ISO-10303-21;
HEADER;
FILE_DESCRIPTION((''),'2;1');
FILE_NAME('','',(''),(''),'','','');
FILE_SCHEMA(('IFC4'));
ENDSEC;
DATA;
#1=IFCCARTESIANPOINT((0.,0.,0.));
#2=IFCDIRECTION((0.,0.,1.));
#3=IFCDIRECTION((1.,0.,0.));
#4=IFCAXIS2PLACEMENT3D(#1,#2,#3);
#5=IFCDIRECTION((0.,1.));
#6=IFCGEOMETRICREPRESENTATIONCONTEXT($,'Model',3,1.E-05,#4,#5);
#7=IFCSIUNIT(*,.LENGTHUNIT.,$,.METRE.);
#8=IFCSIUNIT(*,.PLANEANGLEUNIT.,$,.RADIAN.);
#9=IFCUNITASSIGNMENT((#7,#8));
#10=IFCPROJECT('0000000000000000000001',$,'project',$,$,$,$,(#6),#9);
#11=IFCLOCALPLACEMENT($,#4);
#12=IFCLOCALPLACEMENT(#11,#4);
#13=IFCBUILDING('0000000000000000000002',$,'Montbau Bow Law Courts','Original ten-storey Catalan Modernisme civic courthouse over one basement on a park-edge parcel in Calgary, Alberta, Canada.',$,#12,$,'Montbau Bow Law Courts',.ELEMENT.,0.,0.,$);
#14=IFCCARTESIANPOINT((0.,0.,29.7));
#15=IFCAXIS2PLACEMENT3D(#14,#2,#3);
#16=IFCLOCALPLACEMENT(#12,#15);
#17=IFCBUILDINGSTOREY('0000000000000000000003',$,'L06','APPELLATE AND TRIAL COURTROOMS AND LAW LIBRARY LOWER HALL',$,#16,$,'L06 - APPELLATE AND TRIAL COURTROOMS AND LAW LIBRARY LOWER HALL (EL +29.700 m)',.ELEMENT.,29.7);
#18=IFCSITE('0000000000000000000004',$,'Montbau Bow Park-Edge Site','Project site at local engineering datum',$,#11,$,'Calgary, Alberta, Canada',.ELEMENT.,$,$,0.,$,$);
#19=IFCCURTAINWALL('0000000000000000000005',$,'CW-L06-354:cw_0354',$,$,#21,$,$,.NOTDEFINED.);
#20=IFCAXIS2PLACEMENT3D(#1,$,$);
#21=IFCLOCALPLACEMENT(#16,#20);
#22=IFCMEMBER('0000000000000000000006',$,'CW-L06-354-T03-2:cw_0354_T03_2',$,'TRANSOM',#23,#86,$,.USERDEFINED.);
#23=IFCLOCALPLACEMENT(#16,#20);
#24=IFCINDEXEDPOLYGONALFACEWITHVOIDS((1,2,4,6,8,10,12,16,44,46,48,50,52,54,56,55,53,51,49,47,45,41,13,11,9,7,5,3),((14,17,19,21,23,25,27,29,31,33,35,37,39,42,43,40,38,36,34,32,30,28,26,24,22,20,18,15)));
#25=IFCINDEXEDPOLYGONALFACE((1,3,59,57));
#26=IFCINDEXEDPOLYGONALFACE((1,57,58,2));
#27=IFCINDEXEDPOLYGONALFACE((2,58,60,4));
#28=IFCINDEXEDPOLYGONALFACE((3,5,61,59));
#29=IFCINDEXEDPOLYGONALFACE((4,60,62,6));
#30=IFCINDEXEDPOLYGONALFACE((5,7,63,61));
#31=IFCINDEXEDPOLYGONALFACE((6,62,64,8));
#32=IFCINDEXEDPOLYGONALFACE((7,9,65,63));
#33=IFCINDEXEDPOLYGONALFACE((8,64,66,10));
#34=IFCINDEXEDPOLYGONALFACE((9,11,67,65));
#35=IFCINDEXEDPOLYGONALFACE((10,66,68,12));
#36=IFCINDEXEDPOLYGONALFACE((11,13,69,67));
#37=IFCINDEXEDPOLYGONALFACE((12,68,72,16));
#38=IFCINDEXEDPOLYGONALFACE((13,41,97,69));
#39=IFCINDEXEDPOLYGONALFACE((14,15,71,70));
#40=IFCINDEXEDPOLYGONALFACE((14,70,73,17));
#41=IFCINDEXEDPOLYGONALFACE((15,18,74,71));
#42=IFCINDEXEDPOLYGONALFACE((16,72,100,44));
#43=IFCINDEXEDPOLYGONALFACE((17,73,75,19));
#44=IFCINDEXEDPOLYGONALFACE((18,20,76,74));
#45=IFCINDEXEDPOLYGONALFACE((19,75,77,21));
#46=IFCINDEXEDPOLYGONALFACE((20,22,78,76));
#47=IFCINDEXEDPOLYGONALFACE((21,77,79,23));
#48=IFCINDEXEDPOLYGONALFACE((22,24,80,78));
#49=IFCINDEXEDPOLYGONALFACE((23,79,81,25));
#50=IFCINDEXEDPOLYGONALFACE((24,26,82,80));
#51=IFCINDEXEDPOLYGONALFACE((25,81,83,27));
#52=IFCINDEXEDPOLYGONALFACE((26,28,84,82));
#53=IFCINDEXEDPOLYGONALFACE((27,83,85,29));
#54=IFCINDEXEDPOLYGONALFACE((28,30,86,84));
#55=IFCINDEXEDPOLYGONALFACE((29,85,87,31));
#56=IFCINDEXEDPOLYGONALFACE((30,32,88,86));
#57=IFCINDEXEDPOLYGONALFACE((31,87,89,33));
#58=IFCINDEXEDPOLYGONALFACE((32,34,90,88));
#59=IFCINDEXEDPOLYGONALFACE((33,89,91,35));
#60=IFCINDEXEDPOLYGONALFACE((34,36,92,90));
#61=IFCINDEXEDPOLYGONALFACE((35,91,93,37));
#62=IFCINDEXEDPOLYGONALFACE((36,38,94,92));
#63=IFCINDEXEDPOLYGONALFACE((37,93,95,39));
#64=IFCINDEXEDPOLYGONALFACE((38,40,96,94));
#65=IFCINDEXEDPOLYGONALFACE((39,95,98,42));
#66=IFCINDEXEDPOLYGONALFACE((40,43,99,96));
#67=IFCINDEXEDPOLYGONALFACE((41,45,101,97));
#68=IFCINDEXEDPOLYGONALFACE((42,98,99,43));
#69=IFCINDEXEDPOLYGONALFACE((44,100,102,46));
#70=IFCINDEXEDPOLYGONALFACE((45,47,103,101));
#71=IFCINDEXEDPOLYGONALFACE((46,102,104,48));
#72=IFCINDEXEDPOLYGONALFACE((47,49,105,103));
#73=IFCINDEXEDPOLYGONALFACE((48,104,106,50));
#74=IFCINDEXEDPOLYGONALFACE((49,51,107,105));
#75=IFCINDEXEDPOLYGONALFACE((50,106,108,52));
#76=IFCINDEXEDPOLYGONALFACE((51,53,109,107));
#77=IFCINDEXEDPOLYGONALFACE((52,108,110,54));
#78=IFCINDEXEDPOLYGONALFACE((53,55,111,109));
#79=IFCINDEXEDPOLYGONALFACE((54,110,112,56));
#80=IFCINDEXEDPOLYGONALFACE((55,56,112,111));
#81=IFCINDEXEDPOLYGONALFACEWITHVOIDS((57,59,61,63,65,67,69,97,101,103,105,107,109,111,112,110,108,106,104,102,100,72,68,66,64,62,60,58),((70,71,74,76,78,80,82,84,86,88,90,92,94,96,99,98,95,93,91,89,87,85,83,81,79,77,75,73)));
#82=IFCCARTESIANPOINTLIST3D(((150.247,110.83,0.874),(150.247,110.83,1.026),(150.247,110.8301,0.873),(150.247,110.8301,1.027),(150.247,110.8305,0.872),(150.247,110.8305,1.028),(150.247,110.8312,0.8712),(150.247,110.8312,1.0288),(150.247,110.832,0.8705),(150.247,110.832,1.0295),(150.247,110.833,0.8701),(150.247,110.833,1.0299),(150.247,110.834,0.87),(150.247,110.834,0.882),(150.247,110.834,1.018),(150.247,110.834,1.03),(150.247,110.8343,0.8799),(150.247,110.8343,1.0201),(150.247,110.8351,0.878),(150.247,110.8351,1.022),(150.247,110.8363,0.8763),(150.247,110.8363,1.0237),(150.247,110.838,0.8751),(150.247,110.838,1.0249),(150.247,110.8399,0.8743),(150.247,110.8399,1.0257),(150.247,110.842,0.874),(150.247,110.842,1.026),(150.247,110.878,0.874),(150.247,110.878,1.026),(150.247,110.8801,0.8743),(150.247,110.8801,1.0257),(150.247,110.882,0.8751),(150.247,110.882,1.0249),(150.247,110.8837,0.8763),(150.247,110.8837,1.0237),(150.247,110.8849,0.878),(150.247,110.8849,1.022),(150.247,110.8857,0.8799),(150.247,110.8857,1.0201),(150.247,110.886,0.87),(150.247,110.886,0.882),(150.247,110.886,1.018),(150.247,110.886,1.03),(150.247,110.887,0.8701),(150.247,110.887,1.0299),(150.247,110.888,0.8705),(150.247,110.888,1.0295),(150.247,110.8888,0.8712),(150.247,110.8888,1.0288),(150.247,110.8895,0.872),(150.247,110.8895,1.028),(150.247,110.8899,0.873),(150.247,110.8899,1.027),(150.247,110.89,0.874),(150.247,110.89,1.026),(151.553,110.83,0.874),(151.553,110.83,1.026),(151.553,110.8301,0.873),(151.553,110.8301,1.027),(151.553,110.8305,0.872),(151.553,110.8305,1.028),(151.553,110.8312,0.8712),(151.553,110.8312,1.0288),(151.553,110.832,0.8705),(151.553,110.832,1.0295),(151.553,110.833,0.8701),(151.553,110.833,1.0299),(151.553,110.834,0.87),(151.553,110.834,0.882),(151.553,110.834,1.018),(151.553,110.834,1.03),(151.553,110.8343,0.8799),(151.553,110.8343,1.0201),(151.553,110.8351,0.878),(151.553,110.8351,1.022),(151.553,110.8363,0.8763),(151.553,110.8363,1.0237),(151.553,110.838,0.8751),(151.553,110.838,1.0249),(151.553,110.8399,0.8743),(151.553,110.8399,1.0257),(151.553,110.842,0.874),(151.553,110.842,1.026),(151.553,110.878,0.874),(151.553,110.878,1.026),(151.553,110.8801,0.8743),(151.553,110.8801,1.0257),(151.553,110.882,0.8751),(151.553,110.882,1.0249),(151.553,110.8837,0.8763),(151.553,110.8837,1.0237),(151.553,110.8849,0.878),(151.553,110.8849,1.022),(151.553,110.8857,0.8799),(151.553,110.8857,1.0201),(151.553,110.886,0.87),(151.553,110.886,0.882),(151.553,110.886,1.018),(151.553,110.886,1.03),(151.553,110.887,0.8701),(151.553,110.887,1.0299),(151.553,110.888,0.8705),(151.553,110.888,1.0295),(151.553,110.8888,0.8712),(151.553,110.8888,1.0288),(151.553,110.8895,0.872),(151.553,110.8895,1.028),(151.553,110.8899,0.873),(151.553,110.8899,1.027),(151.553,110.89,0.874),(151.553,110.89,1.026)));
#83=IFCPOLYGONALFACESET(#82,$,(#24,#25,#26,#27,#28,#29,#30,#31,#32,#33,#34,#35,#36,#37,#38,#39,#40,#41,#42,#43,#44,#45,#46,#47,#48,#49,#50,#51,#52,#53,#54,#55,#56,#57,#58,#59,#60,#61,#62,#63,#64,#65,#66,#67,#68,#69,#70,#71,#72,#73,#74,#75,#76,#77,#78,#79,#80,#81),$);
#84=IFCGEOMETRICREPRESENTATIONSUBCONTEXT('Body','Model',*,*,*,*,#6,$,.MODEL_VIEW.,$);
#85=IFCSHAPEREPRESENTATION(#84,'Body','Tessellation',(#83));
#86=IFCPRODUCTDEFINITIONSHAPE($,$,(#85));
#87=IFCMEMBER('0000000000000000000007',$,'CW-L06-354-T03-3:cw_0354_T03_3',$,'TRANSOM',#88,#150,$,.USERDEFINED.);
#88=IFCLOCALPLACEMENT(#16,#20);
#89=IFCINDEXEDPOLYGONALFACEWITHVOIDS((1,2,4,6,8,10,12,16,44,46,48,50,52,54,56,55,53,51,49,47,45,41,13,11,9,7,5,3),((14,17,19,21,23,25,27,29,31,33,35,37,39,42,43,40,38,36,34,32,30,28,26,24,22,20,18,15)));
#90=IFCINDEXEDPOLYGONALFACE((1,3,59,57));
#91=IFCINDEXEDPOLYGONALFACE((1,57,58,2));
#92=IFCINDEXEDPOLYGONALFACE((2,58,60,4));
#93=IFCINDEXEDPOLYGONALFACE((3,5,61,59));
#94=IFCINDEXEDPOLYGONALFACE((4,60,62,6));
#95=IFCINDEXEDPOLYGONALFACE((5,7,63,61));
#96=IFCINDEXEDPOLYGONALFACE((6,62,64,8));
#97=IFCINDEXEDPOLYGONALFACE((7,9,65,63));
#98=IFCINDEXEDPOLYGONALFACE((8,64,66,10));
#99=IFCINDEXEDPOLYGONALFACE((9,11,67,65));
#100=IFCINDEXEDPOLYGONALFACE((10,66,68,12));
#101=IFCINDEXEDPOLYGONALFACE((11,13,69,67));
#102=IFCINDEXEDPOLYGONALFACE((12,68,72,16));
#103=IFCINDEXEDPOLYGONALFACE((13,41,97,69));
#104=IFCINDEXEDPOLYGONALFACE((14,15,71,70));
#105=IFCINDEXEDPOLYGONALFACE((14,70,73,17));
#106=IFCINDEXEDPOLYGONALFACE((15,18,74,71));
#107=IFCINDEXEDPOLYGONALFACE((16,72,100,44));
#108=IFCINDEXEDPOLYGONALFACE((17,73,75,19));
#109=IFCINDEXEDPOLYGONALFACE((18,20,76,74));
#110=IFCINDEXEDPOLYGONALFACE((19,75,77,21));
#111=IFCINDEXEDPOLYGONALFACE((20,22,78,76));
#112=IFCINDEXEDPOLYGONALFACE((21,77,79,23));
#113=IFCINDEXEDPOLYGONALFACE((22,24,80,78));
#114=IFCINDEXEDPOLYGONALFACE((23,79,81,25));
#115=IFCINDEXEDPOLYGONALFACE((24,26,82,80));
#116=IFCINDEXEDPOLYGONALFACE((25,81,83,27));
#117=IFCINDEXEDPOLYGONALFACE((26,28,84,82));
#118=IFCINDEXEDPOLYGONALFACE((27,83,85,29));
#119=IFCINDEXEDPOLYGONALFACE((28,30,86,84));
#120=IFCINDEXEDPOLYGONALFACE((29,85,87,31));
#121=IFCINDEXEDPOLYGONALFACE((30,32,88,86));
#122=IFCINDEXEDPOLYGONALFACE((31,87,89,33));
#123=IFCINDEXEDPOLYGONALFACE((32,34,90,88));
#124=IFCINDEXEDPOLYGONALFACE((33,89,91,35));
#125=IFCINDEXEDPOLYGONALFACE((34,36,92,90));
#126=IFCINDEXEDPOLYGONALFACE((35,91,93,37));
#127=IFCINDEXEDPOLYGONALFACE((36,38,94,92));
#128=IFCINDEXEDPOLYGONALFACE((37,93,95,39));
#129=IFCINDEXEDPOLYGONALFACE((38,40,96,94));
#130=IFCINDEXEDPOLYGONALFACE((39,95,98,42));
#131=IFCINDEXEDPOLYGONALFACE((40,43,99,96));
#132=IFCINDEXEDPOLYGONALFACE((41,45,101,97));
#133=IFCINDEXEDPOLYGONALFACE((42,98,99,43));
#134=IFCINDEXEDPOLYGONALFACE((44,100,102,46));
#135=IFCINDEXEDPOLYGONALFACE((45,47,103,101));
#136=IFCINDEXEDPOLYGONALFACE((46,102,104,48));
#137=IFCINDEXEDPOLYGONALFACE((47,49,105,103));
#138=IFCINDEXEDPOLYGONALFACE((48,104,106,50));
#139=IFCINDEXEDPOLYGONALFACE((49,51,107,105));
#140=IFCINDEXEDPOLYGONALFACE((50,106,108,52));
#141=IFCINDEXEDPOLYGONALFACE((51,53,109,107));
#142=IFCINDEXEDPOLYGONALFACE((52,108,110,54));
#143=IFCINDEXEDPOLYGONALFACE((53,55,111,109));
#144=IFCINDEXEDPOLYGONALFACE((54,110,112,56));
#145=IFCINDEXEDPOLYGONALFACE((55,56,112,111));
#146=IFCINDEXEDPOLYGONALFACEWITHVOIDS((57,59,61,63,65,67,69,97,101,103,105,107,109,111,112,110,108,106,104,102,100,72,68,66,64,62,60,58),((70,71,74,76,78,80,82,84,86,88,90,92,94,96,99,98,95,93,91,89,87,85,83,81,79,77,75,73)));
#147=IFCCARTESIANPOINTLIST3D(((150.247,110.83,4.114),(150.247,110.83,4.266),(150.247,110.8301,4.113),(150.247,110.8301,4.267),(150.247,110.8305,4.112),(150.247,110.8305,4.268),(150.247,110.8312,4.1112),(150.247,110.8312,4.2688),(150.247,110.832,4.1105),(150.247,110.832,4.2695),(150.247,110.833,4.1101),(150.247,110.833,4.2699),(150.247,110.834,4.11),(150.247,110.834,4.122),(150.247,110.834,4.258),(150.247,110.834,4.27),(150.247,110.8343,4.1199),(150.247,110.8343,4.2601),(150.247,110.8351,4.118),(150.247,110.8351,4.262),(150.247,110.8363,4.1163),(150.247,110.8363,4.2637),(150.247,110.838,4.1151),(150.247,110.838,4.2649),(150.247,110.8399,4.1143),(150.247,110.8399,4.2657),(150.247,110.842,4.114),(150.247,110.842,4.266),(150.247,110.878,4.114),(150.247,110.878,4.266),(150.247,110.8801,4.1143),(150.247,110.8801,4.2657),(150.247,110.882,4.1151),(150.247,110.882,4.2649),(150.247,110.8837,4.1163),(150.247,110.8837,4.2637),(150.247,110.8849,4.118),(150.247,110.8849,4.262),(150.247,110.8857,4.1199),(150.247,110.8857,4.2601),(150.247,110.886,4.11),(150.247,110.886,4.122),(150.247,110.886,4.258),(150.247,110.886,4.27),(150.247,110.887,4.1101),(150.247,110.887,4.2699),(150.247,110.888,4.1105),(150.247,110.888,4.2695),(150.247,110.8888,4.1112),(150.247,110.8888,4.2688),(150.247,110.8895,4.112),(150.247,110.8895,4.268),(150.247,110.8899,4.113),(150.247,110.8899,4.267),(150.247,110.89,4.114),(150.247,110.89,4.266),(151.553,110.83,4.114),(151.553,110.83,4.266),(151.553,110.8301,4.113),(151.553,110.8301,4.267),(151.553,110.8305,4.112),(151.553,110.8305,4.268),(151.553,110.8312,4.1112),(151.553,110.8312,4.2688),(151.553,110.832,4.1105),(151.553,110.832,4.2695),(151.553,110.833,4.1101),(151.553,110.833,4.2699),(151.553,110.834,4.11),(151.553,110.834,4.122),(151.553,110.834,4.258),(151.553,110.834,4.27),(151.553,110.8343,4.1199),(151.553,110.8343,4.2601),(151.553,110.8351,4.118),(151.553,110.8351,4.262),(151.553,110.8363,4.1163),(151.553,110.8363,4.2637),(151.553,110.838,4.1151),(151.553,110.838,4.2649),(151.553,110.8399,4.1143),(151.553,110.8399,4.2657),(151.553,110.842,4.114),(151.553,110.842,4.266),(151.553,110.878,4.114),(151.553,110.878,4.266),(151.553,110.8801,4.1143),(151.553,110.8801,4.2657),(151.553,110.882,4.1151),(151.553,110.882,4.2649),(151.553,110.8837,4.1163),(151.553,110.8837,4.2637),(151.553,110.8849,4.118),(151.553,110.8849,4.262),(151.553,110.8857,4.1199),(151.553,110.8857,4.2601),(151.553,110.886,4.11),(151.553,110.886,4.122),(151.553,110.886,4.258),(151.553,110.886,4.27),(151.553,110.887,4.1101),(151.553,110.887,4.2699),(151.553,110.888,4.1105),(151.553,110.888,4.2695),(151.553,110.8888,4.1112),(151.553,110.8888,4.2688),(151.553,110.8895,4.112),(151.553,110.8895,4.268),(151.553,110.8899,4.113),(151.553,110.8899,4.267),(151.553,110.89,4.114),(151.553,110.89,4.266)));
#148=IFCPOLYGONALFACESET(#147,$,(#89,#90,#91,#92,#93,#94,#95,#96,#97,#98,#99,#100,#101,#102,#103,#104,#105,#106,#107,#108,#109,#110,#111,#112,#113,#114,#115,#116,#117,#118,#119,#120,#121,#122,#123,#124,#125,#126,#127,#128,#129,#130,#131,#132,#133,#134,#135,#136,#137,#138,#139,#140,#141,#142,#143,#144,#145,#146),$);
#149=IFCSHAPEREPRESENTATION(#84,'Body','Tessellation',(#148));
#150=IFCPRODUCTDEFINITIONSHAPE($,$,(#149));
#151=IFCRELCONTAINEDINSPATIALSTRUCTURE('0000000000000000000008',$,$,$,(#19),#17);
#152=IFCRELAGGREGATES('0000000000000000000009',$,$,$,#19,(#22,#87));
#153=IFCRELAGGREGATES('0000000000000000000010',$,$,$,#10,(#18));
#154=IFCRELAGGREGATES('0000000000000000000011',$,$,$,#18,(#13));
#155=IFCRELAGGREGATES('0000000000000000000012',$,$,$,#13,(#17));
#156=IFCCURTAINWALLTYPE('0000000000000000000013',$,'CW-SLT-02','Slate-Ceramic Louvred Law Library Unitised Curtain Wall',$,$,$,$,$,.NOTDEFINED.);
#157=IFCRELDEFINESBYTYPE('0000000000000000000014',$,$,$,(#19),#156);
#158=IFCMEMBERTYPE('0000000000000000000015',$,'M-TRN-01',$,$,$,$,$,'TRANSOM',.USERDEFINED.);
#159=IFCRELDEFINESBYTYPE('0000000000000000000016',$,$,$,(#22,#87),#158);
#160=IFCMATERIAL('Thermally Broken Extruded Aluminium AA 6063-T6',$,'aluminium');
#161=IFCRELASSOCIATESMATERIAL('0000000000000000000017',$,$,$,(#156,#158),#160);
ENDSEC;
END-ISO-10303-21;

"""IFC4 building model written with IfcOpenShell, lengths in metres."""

from ifc_helpers import new_model, si_unit, direction, frame, origin_with_axes, origin_2d_with_axis, place, context, subcontext, project, spatial, hollow_rectangle, extrude, material, material_profile, profile_set, type_object, element, aggregate, save


model = new_model("IFC4")

# Units and contexts
model_context = context("Model", 3, precision=1e-05, world=origin_with_axes(), true_north=direction((0.0, 1.0)))
body_context = subcontext(model_context, "Body", "Model", "MODEL_VIEW")
ifc_project = project(units=[si_unit("LENGTHUNIT", "METRE"), si_unit("PLANEANGLEUNIT", "RADIAN")], contexts=[model_context])

# Site, building, storey
site_placement = place(None, origin_with_axes())
site = spatial("IfcSite", under=ifc_project, at=site_placement, Name="Montbau Bow Park-Edge Site", Description="Project site at local engineering datum", LongName="Calgary, Alberta, Canada", CompositionType="ELEMENT", RefElevation=0.0)
building_placement = place(site_placement, origin_with_axes())
building = spatial("IfcBuilding", under=site, at=building_placement, Name="Montbau Bow Law Courts", Description="Original ten-storey Catalan Modernisme civic courthouse over one basement on a park-edge parcel in Calgary, Alberta, Canada.", LongName="Montbau Bow Law Courts", CompositionType="ELEMENT", ElevationOfRefHeight=0.0, ElevationOfTerrain=0.0)
storey_placement = place(building_placement, frame((0.0, 0.0, 29.7), z_axis=(0.0, 0.0, 1.0), x_axis=(1.0, 0.0, 0.0)))
storey = spatial("IfcBuildingStorey", under=building, at=storey_placement, Name="L06", Description="APPELLATE AND TRIAL COURTROOMS AND LAW LIBRARY LOWER HALL", LongName="L06 - APPELLATE AND TRIAL COURTROOMS AND LAW LIBRARY LOWER HALL (EL +29.700 m)", CompositionType="ELEMENT", Elevation=29.7)

# Curtain wall, members
ifc_material_1 = material(Name="Thermally Broken Extruded Aluminium AA 6063-T6", Category="aluminium")
curtain_wall_type = type_object("IfcCurtainWallType", Name="CW-SLT-02", Description="Slate-Ceramic Louvred Law Library Unitised Curtain Wall", PredefinedType="NOTDEFINED", material=ifc_material_1)
curtain_wall_placement = place(None, frame((147.44, 110.86, 29.7), z_axis=(0.0, 0.0, 1.0), x_axis=(1.0, 0.0, 0.0)))
curtain_wall = element("IfcCurtainWall", 1, at=curtain_wall_placement, inside=storey, type_object=curtain_wall_type, Name="CW-L06-354:cw_0354", PredefinedType="NOTDEFINED")
ifc_material_profile_1 = material_profile(ifc_material_1, hollow_rectangle(XDim=0.06, YDim=0.16, WallThickness=0.004, InnerFilletRadius=0.008, OuterFilletRadius=0.004, at=origin_2d_with_axis()), Name="CWT-160X60", Category="Main", Priority=0)
ifc_profile_set_1 = profile_set([ifc_material_profile_1], Name="Thermally Broken Extruded Aluminium AA 6063-T6")
member_type_1 = type_object("IfcMemberType", Name="M-TRN-01", ElementType="TRANSOM", PredefinedType="USERDEFINED", material=ifc_profile_set_1)
member_1_placement = place(None, frame((150.247, 110.86, 30.65), z_axis=(1.0, 0.0, 0.0), x_axis=(0.0, 1.0, 0.0)))
member_1 = element("IfcMember", 2, at=member_1_placement, type_object=member_type_1, Name="CW-L06-354-T03-2:cw_0354_T03_2", ObjectType="TRANSOM", PredefinedType="USERDEFINED", context=body_context, shape_type="SweptSolid", body=[
    extrude(hollow_rectangle(XDim=0.06, YDim=0.16, WallThickness=0.004, InnerFilletRadius=0.008, OuterFilletRadius=0.004, at=origin_2d_with_axis()), origin_with_axes(), (0.0, 0.0, 1.0), 1.306),
])
member_2_placement = place(None, frame((150.247, 110.86, 33.89), z_axis=(1.0, 0.0, 0.0), x_axis=(0.0, 1.0, 0.0)))
member_2 = element("IfcMember", 3, at=member_2_placement, type_object=member_type_1, Name="CW-L06-354-T03-3:cw_0354_T03_3", ObjectType="TRANSOM", PredefinedType="USERDEFINED", context=body_context, shape_type="SweptSolid", body=[
    extrude(hollow_rectangle(XDim=0.06, YDim=0.16, WallThickness=0.004, InnerFilletRadius=0.008, OuterFilletRadius=0.004, at=origin_2d_with_axis()), origin_with_axes(), (0.0, 0.0, 1.0), 1.306),
])
aggregate(curtain_wall, [member_1, member_2])

save(model, "model.ifc")
